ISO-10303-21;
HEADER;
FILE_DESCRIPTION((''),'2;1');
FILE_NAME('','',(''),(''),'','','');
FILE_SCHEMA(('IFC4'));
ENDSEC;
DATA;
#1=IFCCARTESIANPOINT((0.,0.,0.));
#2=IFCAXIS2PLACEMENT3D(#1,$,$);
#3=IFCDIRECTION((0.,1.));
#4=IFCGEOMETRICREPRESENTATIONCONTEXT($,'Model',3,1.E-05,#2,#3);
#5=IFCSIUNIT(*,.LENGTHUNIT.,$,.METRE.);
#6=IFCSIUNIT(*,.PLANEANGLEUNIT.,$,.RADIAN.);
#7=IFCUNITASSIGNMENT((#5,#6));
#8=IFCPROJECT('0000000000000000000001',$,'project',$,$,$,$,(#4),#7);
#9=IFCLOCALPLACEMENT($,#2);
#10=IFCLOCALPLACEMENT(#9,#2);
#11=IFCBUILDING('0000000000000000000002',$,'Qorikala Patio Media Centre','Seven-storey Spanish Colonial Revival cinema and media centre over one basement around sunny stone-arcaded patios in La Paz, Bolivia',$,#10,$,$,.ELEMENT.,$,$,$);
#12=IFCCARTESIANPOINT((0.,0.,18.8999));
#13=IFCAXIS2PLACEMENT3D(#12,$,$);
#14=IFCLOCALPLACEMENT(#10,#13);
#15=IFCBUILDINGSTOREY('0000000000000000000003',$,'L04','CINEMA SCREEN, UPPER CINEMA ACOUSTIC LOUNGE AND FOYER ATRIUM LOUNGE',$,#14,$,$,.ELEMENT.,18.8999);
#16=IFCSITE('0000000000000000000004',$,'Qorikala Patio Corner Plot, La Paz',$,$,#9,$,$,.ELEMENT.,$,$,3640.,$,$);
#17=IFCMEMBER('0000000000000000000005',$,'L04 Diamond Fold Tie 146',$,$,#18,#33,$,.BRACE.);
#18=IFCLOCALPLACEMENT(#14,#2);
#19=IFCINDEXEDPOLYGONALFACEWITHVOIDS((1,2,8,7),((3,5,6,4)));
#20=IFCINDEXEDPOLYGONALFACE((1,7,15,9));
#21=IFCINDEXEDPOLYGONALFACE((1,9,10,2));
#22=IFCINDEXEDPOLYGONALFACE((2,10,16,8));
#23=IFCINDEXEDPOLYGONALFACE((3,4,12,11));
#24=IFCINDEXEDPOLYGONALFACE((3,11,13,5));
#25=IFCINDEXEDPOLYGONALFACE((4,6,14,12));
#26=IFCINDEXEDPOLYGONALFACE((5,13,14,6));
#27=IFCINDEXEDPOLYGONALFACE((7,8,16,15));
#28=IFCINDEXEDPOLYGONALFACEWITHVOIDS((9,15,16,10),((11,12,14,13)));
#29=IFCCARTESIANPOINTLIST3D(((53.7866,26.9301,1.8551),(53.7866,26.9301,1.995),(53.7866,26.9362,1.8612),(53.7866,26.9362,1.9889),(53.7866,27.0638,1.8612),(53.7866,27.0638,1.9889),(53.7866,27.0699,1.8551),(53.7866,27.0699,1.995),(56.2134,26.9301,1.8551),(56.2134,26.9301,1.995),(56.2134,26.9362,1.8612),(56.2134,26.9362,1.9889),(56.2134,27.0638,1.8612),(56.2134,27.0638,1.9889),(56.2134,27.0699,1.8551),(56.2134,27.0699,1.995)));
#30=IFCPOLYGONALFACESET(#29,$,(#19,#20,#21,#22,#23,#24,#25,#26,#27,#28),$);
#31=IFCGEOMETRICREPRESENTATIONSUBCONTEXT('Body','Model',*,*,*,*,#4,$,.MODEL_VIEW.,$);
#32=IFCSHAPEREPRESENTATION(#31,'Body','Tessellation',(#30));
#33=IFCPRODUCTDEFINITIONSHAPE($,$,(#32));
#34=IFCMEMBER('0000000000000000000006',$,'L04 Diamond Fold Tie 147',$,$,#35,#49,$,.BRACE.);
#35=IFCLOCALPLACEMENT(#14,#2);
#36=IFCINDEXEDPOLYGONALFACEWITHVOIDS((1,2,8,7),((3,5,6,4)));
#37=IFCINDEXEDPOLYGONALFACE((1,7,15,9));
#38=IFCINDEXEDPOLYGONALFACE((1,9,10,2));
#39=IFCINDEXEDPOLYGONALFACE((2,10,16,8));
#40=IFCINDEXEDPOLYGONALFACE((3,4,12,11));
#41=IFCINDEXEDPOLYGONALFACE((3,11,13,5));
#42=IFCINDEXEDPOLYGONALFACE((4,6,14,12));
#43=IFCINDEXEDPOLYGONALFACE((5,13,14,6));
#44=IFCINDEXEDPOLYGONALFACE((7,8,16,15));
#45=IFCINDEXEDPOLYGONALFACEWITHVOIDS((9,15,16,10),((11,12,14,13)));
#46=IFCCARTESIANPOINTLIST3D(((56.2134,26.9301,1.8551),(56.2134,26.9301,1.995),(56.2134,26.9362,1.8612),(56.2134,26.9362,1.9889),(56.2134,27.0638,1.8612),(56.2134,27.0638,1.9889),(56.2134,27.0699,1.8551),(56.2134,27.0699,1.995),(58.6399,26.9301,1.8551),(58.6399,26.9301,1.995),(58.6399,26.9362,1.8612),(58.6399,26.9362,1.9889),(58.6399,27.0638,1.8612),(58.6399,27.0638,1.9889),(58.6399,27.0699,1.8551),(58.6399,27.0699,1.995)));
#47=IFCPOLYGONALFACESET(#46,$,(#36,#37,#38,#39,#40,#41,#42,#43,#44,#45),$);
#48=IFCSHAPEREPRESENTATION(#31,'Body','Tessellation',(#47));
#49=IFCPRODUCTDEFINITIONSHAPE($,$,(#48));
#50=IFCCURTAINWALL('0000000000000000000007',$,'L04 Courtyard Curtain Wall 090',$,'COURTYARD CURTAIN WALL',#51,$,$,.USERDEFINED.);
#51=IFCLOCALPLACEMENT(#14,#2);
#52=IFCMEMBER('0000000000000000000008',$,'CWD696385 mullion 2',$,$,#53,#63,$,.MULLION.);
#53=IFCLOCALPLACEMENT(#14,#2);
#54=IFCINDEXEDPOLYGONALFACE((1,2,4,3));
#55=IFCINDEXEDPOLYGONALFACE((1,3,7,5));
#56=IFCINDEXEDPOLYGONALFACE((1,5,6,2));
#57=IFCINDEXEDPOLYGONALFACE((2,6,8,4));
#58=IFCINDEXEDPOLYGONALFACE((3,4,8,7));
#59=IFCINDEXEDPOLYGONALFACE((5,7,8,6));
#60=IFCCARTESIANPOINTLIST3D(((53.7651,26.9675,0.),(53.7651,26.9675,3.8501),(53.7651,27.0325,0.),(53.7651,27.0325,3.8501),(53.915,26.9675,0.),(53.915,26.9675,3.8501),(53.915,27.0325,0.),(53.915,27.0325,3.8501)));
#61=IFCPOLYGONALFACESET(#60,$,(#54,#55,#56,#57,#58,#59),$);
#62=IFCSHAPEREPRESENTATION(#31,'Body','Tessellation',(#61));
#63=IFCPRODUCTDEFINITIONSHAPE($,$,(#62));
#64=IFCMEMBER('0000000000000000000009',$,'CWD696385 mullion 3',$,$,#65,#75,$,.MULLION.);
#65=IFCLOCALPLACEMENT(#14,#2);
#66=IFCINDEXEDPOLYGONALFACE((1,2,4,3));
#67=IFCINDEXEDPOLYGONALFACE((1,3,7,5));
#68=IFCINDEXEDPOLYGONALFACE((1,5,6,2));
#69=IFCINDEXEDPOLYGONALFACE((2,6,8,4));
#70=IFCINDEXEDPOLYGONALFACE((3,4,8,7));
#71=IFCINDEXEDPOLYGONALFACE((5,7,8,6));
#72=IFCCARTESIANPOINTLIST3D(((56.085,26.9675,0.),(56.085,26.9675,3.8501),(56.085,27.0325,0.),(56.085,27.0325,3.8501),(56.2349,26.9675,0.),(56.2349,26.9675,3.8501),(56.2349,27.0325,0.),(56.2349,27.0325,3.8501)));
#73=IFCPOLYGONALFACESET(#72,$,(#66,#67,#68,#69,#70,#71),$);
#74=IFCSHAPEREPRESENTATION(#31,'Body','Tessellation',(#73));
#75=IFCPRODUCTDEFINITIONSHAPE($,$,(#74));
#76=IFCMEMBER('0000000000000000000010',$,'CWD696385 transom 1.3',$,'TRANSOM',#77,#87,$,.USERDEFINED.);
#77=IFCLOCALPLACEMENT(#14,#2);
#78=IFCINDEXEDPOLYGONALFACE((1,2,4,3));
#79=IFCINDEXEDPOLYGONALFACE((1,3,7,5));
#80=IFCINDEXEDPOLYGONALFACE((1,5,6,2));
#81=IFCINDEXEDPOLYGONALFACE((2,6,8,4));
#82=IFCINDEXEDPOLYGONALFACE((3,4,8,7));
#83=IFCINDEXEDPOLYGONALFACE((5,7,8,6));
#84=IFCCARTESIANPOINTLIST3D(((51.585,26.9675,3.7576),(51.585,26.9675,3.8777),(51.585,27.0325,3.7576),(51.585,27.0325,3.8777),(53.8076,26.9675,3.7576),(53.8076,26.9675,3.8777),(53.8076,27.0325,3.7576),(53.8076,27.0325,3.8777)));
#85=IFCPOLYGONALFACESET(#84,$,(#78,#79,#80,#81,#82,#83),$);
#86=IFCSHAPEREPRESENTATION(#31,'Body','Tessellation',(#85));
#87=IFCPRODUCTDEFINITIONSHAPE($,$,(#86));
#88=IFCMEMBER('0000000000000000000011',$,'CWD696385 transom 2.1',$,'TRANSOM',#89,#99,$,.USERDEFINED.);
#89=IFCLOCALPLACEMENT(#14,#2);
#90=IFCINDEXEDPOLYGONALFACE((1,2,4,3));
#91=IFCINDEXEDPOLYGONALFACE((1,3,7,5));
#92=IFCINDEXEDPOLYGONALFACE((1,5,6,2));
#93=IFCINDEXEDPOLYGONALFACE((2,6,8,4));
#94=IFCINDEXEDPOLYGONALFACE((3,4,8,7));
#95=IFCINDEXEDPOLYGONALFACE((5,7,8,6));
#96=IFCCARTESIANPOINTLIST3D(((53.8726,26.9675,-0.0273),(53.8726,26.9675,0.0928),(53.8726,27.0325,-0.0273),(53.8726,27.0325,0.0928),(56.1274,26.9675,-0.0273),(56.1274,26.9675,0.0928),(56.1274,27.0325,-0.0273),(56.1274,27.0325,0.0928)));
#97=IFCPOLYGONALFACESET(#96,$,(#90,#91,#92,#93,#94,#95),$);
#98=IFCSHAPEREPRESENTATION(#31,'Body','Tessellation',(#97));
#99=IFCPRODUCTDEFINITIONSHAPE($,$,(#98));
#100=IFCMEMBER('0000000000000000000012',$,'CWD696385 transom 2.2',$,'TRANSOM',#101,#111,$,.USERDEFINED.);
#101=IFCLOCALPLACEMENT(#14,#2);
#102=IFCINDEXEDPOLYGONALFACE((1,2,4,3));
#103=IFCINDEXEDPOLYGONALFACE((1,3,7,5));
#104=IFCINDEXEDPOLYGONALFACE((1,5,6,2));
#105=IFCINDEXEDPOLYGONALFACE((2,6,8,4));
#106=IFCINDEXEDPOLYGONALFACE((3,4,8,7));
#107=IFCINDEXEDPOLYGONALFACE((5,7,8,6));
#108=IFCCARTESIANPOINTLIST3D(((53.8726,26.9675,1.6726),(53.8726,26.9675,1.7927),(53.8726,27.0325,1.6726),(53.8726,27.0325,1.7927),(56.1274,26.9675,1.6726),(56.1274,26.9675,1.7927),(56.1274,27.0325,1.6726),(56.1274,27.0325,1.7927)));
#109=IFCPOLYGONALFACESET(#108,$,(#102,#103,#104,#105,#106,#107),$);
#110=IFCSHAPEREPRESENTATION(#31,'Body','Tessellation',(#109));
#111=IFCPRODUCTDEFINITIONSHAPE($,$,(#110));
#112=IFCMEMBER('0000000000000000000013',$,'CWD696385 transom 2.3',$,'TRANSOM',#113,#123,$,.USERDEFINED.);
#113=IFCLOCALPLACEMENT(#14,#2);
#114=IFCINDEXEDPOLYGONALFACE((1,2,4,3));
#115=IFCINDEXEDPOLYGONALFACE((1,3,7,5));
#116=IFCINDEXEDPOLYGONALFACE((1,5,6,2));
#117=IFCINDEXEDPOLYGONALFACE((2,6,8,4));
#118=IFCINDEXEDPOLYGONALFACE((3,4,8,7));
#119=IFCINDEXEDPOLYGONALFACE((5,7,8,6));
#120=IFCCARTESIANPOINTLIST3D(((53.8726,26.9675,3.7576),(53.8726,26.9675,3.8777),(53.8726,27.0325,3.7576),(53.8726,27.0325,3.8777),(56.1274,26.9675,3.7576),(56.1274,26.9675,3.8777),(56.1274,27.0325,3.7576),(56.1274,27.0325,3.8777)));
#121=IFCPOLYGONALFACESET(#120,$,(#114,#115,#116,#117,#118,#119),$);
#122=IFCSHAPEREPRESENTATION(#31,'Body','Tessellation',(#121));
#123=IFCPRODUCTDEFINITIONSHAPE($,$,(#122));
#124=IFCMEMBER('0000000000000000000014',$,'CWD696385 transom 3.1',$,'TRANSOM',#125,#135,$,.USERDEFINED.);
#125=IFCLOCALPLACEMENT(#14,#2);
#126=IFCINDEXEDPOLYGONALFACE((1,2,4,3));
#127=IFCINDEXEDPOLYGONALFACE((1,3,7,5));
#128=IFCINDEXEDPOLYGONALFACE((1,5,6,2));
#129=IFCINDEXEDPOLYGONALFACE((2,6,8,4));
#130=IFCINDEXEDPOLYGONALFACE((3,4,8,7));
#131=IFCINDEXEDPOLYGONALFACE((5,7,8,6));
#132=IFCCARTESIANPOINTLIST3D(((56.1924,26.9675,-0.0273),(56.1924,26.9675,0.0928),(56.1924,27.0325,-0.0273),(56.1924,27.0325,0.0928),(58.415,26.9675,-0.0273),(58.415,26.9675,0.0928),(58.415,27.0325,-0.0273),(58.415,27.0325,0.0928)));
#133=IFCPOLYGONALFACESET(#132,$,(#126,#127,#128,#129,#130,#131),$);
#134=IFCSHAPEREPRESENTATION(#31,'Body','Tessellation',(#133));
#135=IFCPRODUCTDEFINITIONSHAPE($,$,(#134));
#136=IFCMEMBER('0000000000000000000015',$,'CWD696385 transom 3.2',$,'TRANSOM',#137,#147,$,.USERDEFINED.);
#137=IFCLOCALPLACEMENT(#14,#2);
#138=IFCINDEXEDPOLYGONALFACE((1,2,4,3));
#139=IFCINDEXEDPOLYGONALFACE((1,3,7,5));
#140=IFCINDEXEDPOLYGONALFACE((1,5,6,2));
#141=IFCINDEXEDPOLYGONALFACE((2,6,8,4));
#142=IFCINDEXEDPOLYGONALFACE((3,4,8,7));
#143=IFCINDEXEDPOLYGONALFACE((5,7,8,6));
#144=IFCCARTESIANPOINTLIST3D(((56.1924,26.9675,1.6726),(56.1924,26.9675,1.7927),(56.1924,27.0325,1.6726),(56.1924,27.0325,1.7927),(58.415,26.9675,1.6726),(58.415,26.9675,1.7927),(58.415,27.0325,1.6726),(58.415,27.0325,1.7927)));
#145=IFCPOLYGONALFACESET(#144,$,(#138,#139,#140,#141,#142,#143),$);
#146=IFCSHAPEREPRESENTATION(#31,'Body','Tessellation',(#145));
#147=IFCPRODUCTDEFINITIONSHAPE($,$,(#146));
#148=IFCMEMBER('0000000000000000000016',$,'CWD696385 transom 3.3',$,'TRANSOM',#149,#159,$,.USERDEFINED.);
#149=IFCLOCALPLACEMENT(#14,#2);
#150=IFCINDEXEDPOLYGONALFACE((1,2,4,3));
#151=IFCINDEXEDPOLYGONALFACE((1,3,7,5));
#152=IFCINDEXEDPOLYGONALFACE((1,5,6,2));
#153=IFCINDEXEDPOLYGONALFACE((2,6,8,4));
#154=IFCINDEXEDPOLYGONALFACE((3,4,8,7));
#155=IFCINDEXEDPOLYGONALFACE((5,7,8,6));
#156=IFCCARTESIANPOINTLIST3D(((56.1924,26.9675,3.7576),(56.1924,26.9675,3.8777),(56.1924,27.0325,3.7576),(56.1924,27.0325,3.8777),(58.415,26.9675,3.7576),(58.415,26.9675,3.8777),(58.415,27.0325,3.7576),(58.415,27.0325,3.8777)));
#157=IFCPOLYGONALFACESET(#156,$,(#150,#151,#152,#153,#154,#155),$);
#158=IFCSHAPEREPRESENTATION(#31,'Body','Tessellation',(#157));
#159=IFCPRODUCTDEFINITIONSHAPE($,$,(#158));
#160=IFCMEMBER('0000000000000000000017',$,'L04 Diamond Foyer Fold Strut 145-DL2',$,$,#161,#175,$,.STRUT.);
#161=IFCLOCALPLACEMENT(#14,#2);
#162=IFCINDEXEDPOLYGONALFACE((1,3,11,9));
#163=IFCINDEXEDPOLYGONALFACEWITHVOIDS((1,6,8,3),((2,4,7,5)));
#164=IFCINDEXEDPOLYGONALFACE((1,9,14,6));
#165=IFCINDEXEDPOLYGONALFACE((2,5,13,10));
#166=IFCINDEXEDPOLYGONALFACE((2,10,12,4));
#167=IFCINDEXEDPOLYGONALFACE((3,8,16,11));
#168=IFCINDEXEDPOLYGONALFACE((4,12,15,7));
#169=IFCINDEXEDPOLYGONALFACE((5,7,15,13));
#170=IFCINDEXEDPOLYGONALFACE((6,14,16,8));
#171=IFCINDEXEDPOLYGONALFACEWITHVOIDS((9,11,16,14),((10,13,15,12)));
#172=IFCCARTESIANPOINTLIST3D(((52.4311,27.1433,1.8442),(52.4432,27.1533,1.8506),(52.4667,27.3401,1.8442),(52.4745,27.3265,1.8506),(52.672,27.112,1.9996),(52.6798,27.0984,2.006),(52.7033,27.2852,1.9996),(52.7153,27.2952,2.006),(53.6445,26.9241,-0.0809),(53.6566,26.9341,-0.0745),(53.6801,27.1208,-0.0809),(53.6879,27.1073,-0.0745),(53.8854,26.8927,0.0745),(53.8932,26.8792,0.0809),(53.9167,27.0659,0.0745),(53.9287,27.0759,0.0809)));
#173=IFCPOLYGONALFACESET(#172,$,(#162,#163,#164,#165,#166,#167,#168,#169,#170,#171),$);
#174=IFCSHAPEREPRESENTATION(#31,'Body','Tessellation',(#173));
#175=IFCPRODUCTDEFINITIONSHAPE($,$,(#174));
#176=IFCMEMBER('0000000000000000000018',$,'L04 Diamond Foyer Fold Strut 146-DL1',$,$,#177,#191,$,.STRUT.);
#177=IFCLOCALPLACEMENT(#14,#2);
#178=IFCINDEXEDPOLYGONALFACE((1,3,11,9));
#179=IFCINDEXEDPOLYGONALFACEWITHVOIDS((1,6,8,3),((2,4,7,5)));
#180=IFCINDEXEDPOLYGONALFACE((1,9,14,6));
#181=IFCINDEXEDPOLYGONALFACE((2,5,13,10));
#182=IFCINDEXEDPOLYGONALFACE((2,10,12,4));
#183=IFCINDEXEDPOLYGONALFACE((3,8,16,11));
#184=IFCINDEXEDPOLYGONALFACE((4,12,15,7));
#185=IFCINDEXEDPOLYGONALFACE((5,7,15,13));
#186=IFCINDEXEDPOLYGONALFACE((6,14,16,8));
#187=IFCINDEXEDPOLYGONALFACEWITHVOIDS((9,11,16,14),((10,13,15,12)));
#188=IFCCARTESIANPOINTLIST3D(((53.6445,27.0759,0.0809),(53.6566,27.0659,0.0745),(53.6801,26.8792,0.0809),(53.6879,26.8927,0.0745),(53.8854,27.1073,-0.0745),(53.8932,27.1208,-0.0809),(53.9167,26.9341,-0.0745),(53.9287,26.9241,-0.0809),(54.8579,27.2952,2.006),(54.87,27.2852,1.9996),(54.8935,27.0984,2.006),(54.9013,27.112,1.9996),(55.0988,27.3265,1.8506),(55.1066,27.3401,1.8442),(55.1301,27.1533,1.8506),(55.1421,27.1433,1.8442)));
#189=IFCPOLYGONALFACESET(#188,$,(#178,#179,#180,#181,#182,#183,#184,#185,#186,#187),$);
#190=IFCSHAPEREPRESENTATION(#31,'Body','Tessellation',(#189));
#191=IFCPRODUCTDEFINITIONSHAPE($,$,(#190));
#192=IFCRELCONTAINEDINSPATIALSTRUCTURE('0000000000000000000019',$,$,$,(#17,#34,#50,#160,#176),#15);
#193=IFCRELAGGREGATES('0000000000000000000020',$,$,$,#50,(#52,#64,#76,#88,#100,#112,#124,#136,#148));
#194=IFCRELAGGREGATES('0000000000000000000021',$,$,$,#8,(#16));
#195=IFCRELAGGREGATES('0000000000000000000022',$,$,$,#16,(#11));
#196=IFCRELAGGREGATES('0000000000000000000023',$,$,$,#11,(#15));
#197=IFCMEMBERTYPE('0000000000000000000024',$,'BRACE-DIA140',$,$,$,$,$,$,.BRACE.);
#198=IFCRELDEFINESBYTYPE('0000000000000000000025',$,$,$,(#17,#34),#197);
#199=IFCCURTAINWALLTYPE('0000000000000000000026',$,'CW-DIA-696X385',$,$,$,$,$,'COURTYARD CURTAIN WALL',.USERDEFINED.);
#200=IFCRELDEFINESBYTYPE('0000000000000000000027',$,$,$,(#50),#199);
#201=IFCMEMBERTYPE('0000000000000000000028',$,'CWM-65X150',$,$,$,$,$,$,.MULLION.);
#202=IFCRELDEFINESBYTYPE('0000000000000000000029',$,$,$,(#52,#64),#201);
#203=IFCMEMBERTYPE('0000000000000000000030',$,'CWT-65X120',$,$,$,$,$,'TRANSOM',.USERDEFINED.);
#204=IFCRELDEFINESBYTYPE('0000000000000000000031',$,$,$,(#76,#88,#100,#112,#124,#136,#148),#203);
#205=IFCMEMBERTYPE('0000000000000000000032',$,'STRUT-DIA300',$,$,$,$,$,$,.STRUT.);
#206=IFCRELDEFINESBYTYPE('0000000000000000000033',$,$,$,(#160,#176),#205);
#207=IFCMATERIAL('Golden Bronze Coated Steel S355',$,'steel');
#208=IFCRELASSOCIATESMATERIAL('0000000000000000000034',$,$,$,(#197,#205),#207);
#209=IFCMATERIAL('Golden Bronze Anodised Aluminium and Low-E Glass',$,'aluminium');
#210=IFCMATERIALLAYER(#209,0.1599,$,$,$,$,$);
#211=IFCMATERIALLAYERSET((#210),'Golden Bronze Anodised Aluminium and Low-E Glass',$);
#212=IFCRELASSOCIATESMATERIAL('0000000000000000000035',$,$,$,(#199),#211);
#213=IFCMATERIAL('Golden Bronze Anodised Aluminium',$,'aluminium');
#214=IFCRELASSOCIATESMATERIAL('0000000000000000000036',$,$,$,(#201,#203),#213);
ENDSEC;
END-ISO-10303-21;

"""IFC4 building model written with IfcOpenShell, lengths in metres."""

from ifc_helpers import new_model, si_unit, direction, frame, origin, origin_2d, place, context, subcontext, project, spatial, rectangle, hollow_rectangle, extrude, material, layer, layer_set, material_profile, profile_set, type_object, element, aggregate, save


model = new_model("IFC4")

# Units and contexts
model_context = context("Model", 3, precision=1e-05, world=origin(), true_north=direction((0.0, 1.0)))
body_context = subcontext(model_context, "Body", "Model", "MODEL_VIEW")
ifc_project = project(units=[si_unit("LENGTHUNIT", "METRE"), si_unit("PLANEANGLEUNIT", "RADIAN")], contexts=[model_context])

# Site, building, storey
site_placement = place(None, origin())
site = spatial("IfcSite", under=ifc_project, at=site_placement, Name="Qorikala Patio Corner Plot, La Paz", CompositionType="ELEMENT", RefElevation=3640.0)
building_placement = place(site_placement, origin())
building = spatial("IfcBuilding", under=site, at=building_placement, Name="Qorikala Patio Media Centre", Description="Seven-storey Spanish Colonial Revival cinema and media centre over one basement around sunny stone-arcaded patios in La Paz, Bolivia", CompositionType="ELEMENT")
storey_placement = place(building_placement, frame((0.0, 0.0, 18.8999)))
storey = spatial("IfcBuildingStorey", under=building, at=storey_placement, Name="L04", Description="CINEMA SCREEN, UPPER CINEMA ACOUSTIC LOUNGE AND FOYER ATRIUM LOUNGE", CompositionType="ELEMENT", Elevation=18.8999)

# Members
ifc_material_1 = material(Name="Golden Bronze Coated Steel S355", Category="steel")
ifc_material_profile_1 = material_profile(ifc_material_1, hollow_rectangle(XDim=0.1399, YDim=0.1399, WallThickness=0.0061, at=origin_2d()), Name="HSS140X140X6")
ifc_profile_set_1 = profile_set([ifc_material_profile_1], Name="Golden Bronze Coated Steel S355")
member_type_1 = type_object("IfcMemberType", Name="BRACE-DIA140", PredefinedType="BRACE", material=ifc_profile_set_1)
member_1_placement = place(storey_placement, frame((53.7866, 27.0, 1.925), z_axis=(1.0, 0.0, 0.0), x_axis=(0.0, 1.0, 0.0)))
element("IfcMember", 1, at=member_1_placement, inside=storey, type_object=member_type_1, Name="L04 Diamond Fold Tie 146", PredefinedType="BRACE", context=body_context, shape_type="SweptSolid", body=[
    extrude(hollow_rectangle(XDim=0.1399, YDim=0.1399, WallThickness=0.0061, at=origin_2d()), origin(), (0.0, 0.0, 1.0), 2.4268),
])
member_2_placement = place(storey_placement, frame((56.2134, 27.0, 1.925), z_axis=(1.0, 0.0, 0.0), x_axis=(0.0, 1.0, 0.0)))
element("IfcMember", 2, at=member_2_placement, inside=storey, type_object=member_type_1, Name="L04 Diamond Fold Tie 147", PredefinedType="BRACE", context=body_context, shape_type="SweptSolid", body=[
    extrude(hollow_rectangle(XDim=0.1399, YDim=0.1399, WallThickness=0.0061, at=origin_2d()), origin(), (0.0, 0.0, 1.0), 2.4265),
])

# Curtain wall, members
ifc_material_2 = material(Name="Golden Bronze Anodised Aluminium and Low-E Glass", Category="aluminium")
ifc_layer_1 = layer(ifc_material_2, 0.1599)
ifc_layer_set_1 = layer_set([ifc_layer_1], Name="Golden Bronze Anodised Aluminium and Low-E Glass")
curtain_wall_type = type_object("IfcCurtainWallType", Name="CW-DIA-696X385", ElementType="COURTYARD CURTAIN WALL", PredefinedType="USERDEFINED", material=ifc_layer_set_1)
curtain_wall_placement = place(storey_placement, origin())
curtain_wall = element("IfcCurtainWall", 3, at=curtain_wall_placement, inside=storey, type_object=curtain_wall_type, Name="L04 Courtyard Curtain Wall 090", ObjectType="COURTYARD CURTAIN WALL", PredefinedType="USERDEFINED")
ifc_material_3 = material(Name="Golden Bronze Anodised Aluminium", Category="aluminium")
ifc_material_profile_2 = material_profile(ifc_material_3, rectangle(XDim=0.0649, YDim=0.1499, at=origin_2d()), Name="ALU MULLION 65x150")
ifc_profile_set_2 = profile_set([ifc_material_profile_2], Name="Golden Bronze Anodised Aluminium")
member_type_2 = type_object("IfcMemberType", Name="CWM-65X150", PredefinedType="MULLION", material=ifc_profile_set_2)
member_3_placement = place(storey_placement, frame((53.8401, 27.0, 0.0), z_axis=(0.0, 0.0, 1.0), x_axis=(0.0, 1.0, 0.0)))
member_3 = element("IfcMember", 4, at=member_3_placement, type_object=member_type_2, Name="CWD696385 mullion 2", PredefinedType="MULLION", context=body_context, shape_type="SweptSolid", body=[
    extrude(rectangle(XDim=0.0649, YDim=0.1499, at=origin_2d()), origin(), (0.0, 0.0, 1.0), 3.8501),
])
member_4_placement = place(storey_placement, frame((56.1599, 27.0, 0.0), z_axis=(0.0, 0.0, 1.0), x_axis=(0.0, 1.0, 0.0)))
member_4 = element("IfcMember", 5, at=member_4_placement, type_object=member_type_2, Name="CWD696385 mullion 3", PredefinedType="MULLION", context=body_context, shape_type="SweptSolid", body=[
    extrude(rectangle(XDim=0.0649, YDim=0.1499, at=origin_2d()), origin(), (0.0, 0.0, 1.0), 3.8501),
])
ifc_material_profile_3 = material_profile(ifc_material_3, rectangle(XDim=0.0649, YDim=0.1201, at=origin_2d()), Name="ALU TRANSOM 65x120")
ifc_profile_set_3 = profile_set([ifc_material_profile_3], Name="Golden Bronze Anodised Aluminium")
member_type_3 = type_object("IfcMemberType", Name="CWT-65X120", ElementType="TRANSOM", PredefinedType="USERDEFINED", material=ifc_profile_set_3)
member_5_placement = place(storey_placement, frame((51.585, 27.0, 3.8176), z_axis=(1.0, 0.0, 0.0), x_axis=(0.0, 1.0, 0.0)))
member_5 = element("IfcMember", 6, at=member_5_placement, type_object=member_type_3, Name="CWD696385 transom 1.3", ObjectType="TRANSOM", PredefinedType="USERDEFINED", context=body_context, shape_type="SweptSolid", body=[
    extrude(rectangle(XDim=0.0649, YDim=0.1201, at=origin_2d()), origin(), (0.0, 0.0, 1.0), 2.2227),
])
member_6_placement = place(storey_placement, frame((53.8726, 27.0, 0.0327), z_axis=(1.0, 0.0, 0.0), x_axis=(0.0, 1.0, 0.0)))
member_6 = element("IfcMember", 7, at=member_6_placement, type_object=member_type_3, Name="CWD696385 transom 2.1", ObjectType="TRANSOM", PredefinedType="USERDEFINED", context=body_context, shape_type="SweptSolid", body=[
    extrude(rectangle(XDim=0.0649, YDim=0.1201, at=origin_2d()), origin(), (0.0, 0.0, 1.0), 2.2549),
])
member_7_placement = place(storey_placement, frame((53.8726, 27.0, 1.7327), z_axis=(1.0, 0.0, 0.0), x_axis=(0.0, 1.0, 0.0)))
member_7 = element("IfcMember", 8, at=member_7_placement, type_object=member_type_3, Name="CWD696385 transom 2.2", ObjectType="TRANSOM", PredefinedType="USERDEFINED", context=body_context, shape_type="SweptSolid", body=[
    extrude(rectangle(XDim=0.0649, YDim=0.1201, at=origin_2d()), origin(), (0.0, 0.0, 1.0), 2.2549),
])
member_8_placement = place(storey_placement, frame((53.8726, 27.0, 3.8176), z_axis=(1.0, 0.0, 0.0), x_axis=(0.0, 1.0, 0.0)))
member_8 = element("IfcMember", 9, at=member_8_placement, type_object=member_type_3, Name="CWD696385 transom 2.3", ObjectType="TRANSOM", PredefinedType="USERDEFINED", context=body_context, shape_type="SweptSolid", body=[
    extrude(rectangle(XDim=0.0649, YDim=0.1201, at=origin_2d()), origin(), (0.0, 0.0, 1.0), 2.2549),
])
member_9_placement = place(storey_placement, frame((56.1924, 27.0, 0.0327), z_axis=(1.0, 0.0, 0.0), x_axis=(0.0, 1.0, 0.0)))
member_9 = element("IfcMember", 10, at=member_9_placement, type_object=member_type_3, Name="CWD696385 transom 3.1", ObjectType="TRANSOM", PredefinedType="USERDEFINED", context=body_context, shape_type="SweptSolid", body=[
    extrude(rectangle(XDim=0.0649, YDim=0.1201, at=origin_2d()), origin(), (0.0, 0.0, 1.0), 2.2227),
])
member_10_placement = place(storey_placement, frame((56.1924, 27.0, 1.7327), z_axis=(1.0, 0.0, 0.0), x_axis=(0.0, 1.0, 0.0)))
member_10 = element("IfcMember", 11, at=member_10_placement, type_object=member_type_3, Name="CWD696385 transom 3.2", ObjectType="TRANSOM", PredefinedType="USERDEFINED", context=body_context, shape_type="SweptSolid", body=[
    extrude(rectangle(XDim=0.0649, YDim=0.1201, at=origin_2d()), origin(), (0.0, 0.0, 1.0), 2.2227),
])
member_11_placement = place(storey_placement, frame((56.1924, 27.0, 3.8176), z_axis=(1.0, 0.0, 0.0), x_axis=(0.0, 1.0, 0.0)))
member_11 = element("IfcMember", 12, at=member_11_placement, type_object=member_type_3, Name="CWD696385 transom 3.3", ObjectType="TRANSOM", PredefinedType="USERDEFINED", context=body_context, shape_type="SweptSolid", body=[
    extrude(rectangle(XDim=0.0649, YDim=0.1201, at=origin_2d()), origin(), (0.0, 0.0, 1.0), 2.2227),
])

# Members
ifc_material_profile_4 = material_profile(ifc_material_1, hollow_rectangle(XDim=0.2, YDim=0.3, WallThickness=0.012, at=origin_2d()), Name="HSS300X200X12")
ifc_profile_set_4 = profile_set([ifc_material_profile_4], Name="Golden Bronze Coated Steel S355")
member_type_4 = type_object("IfcMemberType", Name="STRUT-DIA300", PredefinedType="STRUT", material=ifc_profile_set_4)
for number, where, z_axis, x_axis, name in (
    (13, (53.7866, 27.0, 0.0), (-0.530768, 0.095901, 0.842074), (-0.177805, -0.984066, 0.0), "L04 Diamond Foyer Fold Strut 145-DL2"),
    (14, (53.7866, 27.0, 0.0), (0.530768, 0.095901, 0.842074), (-0.177805, 0.984066, 0.0), "L04 Diamond Foyer Fold Strut 146-DL1"),
):
    element("IfcMember", number, at=place(storey_placement, frame(where, z_axis=z_axis, x_axis=x_axis)), inside=storey, type_object=member_type_4, Name=name, PredefinedType="STRUT", context=body_context, shape_type="SweptSolid", body=[
        extrude(hollow_rectangle(XDim=0.2, YDim=0.3, WallThickness=0.012, at=origin_2d()), origin(), (0.0, 0.0, 1.0), 2.2861),
    ])

aggregate(curtain_wall, [member_3, member_4, member_5, member_6, member_7, member_8, member_9, member_10, member_11])

save(model, "model.ifc")
